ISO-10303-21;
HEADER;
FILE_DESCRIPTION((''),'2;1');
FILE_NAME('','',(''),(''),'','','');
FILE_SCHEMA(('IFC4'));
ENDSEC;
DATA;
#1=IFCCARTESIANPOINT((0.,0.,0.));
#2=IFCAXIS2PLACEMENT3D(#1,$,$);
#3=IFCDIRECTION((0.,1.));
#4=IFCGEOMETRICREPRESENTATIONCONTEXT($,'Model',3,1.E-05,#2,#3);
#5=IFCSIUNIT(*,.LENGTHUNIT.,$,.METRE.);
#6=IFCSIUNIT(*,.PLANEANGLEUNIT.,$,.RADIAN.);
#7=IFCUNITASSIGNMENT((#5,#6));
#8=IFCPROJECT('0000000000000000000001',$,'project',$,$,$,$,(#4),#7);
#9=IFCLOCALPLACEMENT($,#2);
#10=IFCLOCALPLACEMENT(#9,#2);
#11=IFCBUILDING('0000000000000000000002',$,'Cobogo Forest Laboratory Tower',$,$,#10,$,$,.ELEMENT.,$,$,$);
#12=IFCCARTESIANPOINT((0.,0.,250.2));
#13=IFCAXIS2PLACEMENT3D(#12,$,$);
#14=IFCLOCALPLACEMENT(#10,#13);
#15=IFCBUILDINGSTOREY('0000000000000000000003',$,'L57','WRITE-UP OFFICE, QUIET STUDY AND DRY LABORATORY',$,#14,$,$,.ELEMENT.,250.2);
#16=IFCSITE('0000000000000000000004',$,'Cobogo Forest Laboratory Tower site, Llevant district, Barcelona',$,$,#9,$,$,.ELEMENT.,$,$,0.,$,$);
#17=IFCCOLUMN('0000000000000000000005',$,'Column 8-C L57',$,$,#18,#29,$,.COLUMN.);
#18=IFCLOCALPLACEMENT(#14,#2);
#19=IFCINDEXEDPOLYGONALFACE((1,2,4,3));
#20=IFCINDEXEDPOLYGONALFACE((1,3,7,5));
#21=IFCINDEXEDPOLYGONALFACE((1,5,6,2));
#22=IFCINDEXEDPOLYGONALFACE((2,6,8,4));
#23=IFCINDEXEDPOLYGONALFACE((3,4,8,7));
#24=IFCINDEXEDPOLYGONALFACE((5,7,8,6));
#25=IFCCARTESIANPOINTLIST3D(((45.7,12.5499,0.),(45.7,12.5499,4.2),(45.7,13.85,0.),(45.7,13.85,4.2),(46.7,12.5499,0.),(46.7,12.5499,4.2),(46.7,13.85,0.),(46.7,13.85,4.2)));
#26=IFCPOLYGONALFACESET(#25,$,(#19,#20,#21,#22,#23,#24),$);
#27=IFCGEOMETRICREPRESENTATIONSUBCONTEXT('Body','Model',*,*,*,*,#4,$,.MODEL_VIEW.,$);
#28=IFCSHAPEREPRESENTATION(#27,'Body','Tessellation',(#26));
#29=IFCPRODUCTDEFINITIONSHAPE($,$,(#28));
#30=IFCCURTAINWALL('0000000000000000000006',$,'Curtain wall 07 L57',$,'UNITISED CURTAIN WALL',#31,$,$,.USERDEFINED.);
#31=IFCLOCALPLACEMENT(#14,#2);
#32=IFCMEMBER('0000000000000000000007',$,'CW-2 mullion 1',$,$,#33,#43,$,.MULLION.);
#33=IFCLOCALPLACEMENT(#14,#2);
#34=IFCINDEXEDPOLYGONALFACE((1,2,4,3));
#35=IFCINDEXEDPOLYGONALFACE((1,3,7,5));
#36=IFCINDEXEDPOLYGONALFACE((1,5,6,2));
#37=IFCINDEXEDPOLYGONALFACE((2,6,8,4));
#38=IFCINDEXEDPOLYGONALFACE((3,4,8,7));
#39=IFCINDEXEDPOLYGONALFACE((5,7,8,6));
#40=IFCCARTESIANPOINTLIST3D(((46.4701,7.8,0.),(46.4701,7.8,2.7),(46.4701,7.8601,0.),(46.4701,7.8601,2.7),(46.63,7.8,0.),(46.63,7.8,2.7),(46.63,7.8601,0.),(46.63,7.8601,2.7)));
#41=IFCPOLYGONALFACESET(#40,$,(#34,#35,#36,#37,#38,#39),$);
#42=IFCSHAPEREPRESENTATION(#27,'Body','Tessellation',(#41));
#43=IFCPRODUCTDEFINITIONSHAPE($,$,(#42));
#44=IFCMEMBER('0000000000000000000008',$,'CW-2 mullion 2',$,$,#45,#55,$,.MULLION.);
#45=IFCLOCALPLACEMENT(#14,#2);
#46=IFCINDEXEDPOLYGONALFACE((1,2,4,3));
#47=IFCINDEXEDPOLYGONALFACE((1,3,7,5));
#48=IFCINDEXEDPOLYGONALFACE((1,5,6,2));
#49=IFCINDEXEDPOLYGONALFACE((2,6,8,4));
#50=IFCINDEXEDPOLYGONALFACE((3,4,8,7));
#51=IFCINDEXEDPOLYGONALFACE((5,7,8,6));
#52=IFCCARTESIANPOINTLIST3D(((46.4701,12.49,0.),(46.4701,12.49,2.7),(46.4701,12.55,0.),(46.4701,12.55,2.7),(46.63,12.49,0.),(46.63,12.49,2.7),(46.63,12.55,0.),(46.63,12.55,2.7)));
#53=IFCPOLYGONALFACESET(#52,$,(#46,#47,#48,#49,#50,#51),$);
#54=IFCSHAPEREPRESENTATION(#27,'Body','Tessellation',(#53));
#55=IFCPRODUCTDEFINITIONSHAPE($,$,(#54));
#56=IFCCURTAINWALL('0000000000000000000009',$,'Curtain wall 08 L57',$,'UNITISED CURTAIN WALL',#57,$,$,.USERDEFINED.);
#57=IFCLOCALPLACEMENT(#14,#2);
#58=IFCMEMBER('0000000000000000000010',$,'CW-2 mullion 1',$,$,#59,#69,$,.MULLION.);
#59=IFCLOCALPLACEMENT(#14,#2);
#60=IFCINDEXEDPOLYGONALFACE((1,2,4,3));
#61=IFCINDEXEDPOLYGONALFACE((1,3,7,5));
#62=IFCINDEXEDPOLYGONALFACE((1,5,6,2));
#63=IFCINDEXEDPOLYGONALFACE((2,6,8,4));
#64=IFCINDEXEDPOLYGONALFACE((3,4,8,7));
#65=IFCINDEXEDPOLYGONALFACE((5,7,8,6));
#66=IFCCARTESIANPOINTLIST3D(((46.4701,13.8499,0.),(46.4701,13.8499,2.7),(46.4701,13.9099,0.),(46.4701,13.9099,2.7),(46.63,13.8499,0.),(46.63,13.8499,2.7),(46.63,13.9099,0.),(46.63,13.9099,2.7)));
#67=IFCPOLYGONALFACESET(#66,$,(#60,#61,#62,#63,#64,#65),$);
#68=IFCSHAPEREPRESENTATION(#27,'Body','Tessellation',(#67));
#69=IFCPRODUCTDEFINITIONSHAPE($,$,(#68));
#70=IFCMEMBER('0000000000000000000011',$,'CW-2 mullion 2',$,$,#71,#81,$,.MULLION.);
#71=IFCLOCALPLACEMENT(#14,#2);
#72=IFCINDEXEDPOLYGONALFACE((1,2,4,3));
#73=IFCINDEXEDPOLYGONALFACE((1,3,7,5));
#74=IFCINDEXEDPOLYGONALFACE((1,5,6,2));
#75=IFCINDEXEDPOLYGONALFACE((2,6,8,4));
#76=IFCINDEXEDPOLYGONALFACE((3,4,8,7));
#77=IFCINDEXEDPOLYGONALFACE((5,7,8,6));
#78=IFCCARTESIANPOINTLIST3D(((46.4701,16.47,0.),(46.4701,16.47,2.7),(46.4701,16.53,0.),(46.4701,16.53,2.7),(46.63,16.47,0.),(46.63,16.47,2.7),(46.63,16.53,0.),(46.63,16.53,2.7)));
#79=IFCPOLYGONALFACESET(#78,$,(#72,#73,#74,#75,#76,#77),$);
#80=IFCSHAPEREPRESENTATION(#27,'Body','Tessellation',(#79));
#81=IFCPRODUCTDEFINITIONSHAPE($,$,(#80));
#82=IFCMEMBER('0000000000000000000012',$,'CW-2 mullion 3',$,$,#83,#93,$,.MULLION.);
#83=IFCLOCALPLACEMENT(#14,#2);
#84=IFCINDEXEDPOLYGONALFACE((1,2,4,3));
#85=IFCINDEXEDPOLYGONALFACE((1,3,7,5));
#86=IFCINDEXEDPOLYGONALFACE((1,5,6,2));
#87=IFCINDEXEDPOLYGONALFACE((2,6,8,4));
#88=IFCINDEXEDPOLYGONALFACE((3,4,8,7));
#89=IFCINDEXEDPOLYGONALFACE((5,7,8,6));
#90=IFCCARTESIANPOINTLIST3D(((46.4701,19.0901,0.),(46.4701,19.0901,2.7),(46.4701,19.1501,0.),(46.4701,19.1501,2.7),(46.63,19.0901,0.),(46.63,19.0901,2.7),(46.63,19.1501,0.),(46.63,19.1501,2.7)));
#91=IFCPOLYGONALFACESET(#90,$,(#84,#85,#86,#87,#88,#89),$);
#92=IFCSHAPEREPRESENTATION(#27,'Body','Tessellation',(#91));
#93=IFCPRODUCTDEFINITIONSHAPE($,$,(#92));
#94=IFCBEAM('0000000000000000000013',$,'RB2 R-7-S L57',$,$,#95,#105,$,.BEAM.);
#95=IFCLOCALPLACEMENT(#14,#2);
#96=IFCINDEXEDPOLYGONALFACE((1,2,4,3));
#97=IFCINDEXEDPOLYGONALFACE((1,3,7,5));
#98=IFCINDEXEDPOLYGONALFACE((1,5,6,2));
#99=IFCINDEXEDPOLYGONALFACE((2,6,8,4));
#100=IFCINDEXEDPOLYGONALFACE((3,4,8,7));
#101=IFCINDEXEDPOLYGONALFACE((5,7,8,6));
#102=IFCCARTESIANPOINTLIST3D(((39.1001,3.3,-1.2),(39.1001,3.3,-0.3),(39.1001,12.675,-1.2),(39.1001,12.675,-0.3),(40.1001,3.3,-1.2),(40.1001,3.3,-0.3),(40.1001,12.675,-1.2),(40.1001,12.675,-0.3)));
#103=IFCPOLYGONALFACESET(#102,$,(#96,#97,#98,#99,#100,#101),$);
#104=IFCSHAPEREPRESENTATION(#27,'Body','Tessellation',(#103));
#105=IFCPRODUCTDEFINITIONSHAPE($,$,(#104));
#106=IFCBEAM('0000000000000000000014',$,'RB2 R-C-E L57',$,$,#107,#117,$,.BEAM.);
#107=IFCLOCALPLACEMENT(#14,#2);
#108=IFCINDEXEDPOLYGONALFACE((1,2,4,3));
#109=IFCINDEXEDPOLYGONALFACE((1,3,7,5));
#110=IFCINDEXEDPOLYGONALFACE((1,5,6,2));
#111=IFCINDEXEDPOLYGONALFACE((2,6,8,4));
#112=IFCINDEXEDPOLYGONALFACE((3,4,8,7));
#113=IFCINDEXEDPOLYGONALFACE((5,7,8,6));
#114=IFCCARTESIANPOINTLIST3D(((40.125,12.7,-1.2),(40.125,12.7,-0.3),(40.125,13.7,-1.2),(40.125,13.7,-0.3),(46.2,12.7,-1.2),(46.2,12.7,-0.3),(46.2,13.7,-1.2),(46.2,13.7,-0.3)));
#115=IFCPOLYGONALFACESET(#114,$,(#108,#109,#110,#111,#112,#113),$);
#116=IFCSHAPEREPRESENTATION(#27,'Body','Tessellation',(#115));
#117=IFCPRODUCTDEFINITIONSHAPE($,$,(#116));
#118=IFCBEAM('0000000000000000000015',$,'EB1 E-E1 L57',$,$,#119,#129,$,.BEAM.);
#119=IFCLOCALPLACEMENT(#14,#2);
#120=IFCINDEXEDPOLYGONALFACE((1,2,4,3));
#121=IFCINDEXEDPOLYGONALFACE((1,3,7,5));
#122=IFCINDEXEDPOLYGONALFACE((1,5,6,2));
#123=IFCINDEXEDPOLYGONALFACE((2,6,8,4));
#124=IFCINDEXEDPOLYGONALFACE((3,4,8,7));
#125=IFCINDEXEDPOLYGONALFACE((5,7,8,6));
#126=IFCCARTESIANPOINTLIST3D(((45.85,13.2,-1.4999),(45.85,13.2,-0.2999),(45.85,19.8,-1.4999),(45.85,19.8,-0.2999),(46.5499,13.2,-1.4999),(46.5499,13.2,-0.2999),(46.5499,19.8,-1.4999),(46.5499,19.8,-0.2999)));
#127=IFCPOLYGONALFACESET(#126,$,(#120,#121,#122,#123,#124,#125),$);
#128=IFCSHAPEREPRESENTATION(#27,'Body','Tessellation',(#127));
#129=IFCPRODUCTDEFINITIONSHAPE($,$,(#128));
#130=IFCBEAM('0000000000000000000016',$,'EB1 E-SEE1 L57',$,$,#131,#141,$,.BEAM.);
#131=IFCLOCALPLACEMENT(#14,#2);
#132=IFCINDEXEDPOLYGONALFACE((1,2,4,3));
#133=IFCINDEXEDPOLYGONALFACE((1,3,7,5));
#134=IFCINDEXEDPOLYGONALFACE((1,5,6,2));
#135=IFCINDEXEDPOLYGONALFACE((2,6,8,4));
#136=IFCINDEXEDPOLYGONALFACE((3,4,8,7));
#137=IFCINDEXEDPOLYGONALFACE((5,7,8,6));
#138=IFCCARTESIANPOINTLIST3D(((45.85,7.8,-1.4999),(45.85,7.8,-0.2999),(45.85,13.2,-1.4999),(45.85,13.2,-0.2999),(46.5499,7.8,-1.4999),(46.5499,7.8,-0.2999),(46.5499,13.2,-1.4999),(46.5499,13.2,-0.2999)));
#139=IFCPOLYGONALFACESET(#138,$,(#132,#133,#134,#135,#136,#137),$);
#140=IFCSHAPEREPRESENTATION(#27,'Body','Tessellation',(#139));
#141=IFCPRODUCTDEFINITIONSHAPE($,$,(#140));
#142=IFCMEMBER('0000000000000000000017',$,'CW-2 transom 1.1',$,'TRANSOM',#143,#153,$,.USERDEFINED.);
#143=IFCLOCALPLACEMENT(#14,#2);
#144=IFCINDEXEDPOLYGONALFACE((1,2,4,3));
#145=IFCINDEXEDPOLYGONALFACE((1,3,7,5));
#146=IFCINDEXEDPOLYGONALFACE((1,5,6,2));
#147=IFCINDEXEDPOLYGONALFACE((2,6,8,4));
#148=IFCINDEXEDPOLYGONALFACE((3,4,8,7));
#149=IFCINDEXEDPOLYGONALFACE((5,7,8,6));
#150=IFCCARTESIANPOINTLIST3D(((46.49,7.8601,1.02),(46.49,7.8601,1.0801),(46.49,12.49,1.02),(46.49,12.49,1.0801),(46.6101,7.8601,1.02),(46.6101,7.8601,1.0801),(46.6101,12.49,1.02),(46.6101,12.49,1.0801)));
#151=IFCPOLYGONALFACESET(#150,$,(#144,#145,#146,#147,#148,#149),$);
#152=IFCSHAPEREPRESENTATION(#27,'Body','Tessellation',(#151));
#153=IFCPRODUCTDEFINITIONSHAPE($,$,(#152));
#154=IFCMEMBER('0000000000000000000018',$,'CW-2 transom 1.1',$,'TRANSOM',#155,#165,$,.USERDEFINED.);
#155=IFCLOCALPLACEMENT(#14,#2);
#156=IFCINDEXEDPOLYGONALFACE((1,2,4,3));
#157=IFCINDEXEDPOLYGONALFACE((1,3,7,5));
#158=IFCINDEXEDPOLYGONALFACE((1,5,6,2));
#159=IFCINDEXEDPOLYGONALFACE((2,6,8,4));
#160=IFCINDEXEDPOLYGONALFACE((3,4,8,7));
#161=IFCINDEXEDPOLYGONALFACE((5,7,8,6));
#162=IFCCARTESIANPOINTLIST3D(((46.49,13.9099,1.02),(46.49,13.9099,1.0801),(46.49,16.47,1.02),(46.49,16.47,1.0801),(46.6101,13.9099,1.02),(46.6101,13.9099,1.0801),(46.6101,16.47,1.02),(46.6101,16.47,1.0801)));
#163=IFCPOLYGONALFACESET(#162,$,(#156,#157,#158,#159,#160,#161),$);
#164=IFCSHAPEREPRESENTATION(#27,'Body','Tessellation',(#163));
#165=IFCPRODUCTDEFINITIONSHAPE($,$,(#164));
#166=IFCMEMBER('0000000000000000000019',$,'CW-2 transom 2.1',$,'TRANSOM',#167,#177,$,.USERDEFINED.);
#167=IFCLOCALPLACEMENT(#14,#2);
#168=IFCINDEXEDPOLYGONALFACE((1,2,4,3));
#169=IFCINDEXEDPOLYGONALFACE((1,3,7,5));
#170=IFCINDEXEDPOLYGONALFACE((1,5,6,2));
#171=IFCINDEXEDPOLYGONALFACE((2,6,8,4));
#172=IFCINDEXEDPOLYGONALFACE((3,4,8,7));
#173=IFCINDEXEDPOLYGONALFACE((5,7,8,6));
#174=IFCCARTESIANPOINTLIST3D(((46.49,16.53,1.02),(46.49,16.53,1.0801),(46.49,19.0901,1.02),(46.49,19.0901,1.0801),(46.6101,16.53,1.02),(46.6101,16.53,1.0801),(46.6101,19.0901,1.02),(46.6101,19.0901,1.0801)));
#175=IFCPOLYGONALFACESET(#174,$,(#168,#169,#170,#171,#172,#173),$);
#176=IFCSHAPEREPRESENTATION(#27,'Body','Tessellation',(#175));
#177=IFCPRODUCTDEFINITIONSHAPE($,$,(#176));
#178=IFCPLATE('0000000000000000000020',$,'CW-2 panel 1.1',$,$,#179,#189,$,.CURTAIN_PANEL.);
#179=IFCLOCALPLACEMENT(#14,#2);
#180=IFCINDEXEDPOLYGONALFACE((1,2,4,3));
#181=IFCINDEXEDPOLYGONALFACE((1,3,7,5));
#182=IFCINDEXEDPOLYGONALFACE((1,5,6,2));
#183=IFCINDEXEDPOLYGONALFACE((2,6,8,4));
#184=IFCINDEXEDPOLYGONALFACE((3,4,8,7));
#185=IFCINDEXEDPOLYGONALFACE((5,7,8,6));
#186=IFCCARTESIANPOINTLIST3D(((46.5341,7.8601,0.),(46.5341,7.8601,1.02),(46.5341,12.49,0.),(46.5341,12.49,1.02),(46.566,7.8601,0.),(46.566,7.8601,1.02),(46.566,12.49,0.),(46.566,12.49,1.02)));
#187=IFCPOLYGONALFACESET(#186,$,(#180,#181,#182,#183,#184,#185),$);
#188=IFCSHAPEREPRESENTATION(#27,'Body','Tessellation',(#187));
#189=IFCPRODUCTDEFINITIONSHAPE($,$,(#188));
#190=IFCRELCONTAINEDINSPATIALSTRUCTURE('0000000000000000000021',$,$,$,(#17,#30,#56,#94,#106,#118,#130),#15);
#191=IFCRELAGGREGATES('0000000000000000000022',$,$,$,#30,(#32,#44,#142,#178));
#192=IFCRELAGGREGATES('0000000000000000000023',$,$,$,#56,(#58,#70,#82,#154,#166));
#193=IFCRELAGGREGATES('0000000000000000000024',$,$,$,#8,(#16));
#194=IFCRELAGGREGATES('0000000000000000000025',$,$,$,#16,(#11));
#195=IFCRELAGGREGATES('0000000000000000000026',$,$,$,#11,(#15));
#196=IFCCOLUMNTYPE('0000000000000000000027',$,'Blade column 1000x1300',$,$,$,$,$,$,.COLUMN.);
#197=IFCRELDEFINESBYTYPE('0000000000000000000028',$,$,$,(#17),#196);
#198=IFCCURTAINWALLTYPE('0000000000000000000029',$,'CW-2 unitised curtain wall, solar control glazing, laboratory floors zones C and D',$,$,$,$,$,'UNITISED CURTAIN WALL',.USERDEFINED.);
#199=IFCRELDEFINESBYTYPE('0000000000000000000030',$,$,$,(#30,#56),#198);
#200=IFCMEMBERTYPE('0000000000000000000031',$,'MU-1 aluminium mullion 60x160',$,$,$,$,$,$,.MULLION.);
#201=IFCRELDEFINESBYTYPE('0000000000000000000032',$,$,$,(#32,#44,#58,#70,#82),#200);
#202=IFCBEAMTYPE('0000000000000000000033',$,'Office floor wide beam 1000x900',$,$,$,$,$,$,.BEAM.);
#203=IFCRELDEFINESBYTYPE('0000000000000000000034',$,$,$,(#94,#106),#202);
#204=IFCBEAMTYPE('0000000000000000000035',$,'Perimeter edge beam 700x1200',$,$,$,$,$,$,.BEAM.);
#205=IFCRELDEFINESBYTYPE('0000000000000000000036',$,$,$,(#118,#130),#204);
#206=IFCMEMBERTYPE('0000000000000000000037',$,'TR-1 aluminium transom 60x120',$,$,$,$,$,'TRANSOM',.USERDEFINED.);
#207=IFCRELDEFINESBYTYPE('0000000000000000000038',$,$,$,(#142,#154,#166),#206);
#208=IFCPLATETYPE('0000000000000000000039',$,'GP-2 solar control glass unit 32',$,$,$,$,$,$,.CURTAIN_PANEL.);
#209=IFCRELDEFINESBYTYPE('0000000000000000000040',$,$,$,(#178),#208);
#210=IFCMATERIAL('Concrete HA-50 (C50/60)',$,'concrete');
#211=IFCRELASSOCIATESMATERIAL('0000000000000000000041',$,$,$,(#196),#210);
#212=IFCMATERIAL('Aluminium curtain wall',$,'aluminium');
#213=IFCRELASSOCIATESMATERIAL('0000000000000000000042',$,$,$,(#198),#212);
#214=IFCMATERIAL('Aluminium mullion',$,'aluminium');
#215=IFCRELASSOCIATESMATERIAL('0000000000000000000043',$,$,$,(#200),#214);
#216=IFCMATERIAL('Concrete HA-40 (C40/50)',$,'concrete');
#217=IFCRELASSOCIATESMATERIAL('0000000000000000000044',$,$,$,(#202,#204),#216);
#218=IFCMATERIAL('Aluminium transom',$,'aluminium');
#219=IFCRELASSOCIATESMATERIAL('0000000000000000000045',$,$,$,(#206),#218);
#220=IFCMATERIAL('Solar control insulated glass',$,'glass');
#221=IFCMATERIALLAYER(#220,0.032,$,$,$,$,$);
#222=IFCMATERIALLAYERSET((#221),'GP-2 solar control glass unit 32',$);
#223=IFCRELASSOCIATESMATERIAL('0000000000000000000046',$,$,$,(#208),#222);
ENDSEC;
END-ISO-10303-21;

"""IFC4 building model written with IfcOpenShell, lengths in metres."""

from ifc_helpers import new_model, si_unit, direction, frame, origin, origin_2d, place, context, subcontext, project, spatial, rectangle, extrude, material, layer, layer_set, material_profile, profile_set, type_object, element, aggregate, save


model = new_model("IFC4")

# Units and contexts
model_context = context("Model", 3, precision=1e-05, world=origin(), true_north=direction((0.0, 1.0)))
body_context = subcontext(model_context, "Body", "Model", "MODEL_VIEW")
ifc_project = project(units=[si_unit("LENGTHUNIT", "METRE"), si_unit("PLANEANGLEUNIT", "RADIAN")], contexts=[model_context])

# Site, building, storey
site_placement = place(None, origin())
site = spatial("IfcSite", under=ifc_project, at=site_placement, Name="Cobogo Forest Laboratory Tower site, Llevant district, Barcelona", CompositionType="ELEMENT", RefElevation=0.0)
building_placement = place(site_placement, origin())
building = spatial("IfcBuilding", under=site, at=building_placement, Name="Cobogo Forest Laboratory Tower", CompositionType="ELEMENT")
storey_placement = place(building_placement, frame((0.0, 0.0, 250.2)))
storey = spatial("IfcBuildingStorey", under=building, at=storey_placement, Name="L57", Description="WRITE-UP OFFICE, QUIET STUDY AND DRY LABORATORY", CompositionType="ELEMENT", Elevation=250.2)

# Column
ifc_material_1 = material(Name="Concrete HA-50 (C50/60)", Category="concrete")
ifc_material_profile_1 = material_profile(ifc_material_1, rectangle(XDim=1.3, YDim=1.0, at=origin_2d()), Name="RC 1000x1300")
ifc_profile_set_1 = profile_set([ifc_material_profile_1], Name="Concrete HA-50 (C50/60)")
column_type = type_object("IfcColumnType", Name="Blade column 1000x1300", PredefinedType="COLUMN", material=ifc_profile_set_1)
column_placement = place(storey_placement, frame((46.2, 13.2, 0.0), z_axis=(0.0, 0.0, 1.0), x_axis=(0.0, 1.0, 0.0)))
element("IfcColumn", 1, at=column_placement, inside=storey, type_object=column_type, Name="Column 8-C L57", PredefinedType="COLUMN", context=body_context, shape_type="SweptSolid", body=[
    extrude(rectangle(XDim=1.3, YDim=1.0, at=origin_2d()), origin(), (0.0, 0.0, 1.0), 4.2),
])

# Curtain walls, members
ifc_material_2 = material(Name="Aluminium curtain wall", Category="aluminium")
curtain_wall_type = type_object("IfcCurtainWallType", Name="CW-2 unitised curtain wall, solar control glazing, laboratory floors zones C and D", ElementType="UNITISED CURTAIN WALL", PredefinedType="USERDEFINED", material=ifc_material_2)
curtain_wall_1_placement = place(storey_placement, origin())
curtain_wall_1 = element("IfcCurtainWall", 2, at=curtain_wall_1_placement, inside=storey, type_object=curtain_wall_type, Name="Curtain wall 07 L57", ObjectType="UNITISED CURTAIN WALL", PredefinedType="USERDEFINED")
ifc_material_3 = material(Name="Aluminium mullion", Category="aluminium")
ifc_material_profile_2 = material_profile(ifc_material_3, rectangle(XDim=0.0601, YDim=0.1599, at=origin_2d()), Name="AL 60x160")
ifc_profile_set_2 = profile_set([ifc_material_profile_2], Name="Aluminium mullion")
member_type_1 = type_object("IfcMemberType", Name="MU-1 aluminium mullion 60x160", PredefinedType="MULLION", material=ifc_profile_set_2)
member_1_placement = place(storey_placement, frame((46.55, 7.8301, 0.0), z_axis=(0.0, 0.0, 1.0), x_axis=(0.0, 1.0, 0.0)))
member_1 = element("IfcMember", 3, at=member_1_placement, type_object=member_type_1, Name="CW-2 mullion 1", PredefinedType="MULLION", context=body_context, shape_type="SweptSolid", body=[
    extrude(rectangle(XDim=0.0601, YDim=0.1599, at=origin_2d()), origin(), (0.0, 0.0, 1.0), 2.7),
])
member_2_placement = place(storey_placement, frame((46.55, 12.52, 0.0), z_axis=(0.0, 0.0, 1.0), x_axis=(0.0, 1.0, 0.0)))
member_2 = element("IfcMember", 4, at=member_2_placement, type_object=member_type_1, Name="CW-2 mullion 2", PredefinedType="MULLION", context=body_context, shape_type="SweptSolid", body=[
    extrude(rectangle(XDim=0.0601, YDim=0.1599, at=origin_2d()), origin(), (0.0, 0.0, 1.0), 2.7),
])
curtain_wall_2_placement = place(storey_placement, origin())
curtain_wall_2 = element("IfcCurtainWall", 5, at=curtain_wall_2_placement, inside=storey, type_object=curtain_wall_type, Name="Curtain wall 08 L57", ObjectType="UNITISED CURTAIN WALL", PredefinedType="USERDEFINED")
member_3_placement = place(storey_placement, frame((46.55, 13.8799, 0.0), z_axis=(0.0, 0.0, 1.0), x_axis=(0.0, 1.0, 0.0)))
member_3 = element("IfcMember", 6, at=member_3_placement, type_object=member_type_1, Name="CW-2 mullion 1", PredefinedType="MULLION", context=body_context, shape_type="SweptSolid", body=[
    extrude(rectangle(XDim=0.0601, YDim=0.1599, at=origin_2d()), origin(), (0.0, 0.0, 1.0), 2.7),
])
member_4_placement = place(storey_placement, frame((46.55, 16.5, 0.0), z_axis=(0.0, 0.0, 1.0), x_axis=(0.0, 1.0, 0.0)))
member_4 = element("IfcMember", 7, at=member_4_placement, type_object=member_type_1, Name="CW-2 mullion 2", PredefinedType="MULLION", context=body_context, shape_type="SweptSolid", body=[
    extrude(rectangle(XDim=0.0601, YDim=0.1599, at=origin_2d()), origin(), (0.0, 0.0, 1.0), 2.7),
])
member_5_placement = place(storey_placement, frame((46.55, 19.1201, 0.0), z_axis=(0.0, 0.0, 1.0), x_axis=(0.0, 1.0, 0.0)))
member_5 = element("IfcMember", 8, at=member_5_placement, type_object=member_type_1, Name="CW-2 mullion 3", PredefinedType="MULLION", context=body_context, shape_type="SweptSolid", body=[
    extrude(rectangle(XDim=0.0601, YDim=0.1599, at=origin_2d()), origin(), (0.0, 0.0, 1.0), 2.7),
])

# Beams
ifc_material_4 = material(Name="Concrete HA-40 (C40/50)", Category="concrete")
ifc_material_profile_3 = material_profile(ifc_material_4, rectangle(XDim=1.0, YDim=0.8999, at=origin_2d()), Name="RC 1000x900")
ifc_profile_set_3 = profile_set([ifc_material_profile_3], Name="Concrete HA-40 (C40/50)")
beam_type_1 = type_object("IfcBeamType", Name="Office floor wide beam 1000x900", PredefinedType="BEAM", material=ifc_profile_set_3)
beam_1_placement = place(storey_placement, frame((39.6001, 12.675, -0.75), z_axis=(0.0, -1.0, 0.0), x_axis=(1.0, 0.0, 0.0)))
element("IfcBeam", 9, at=beam_1_placement, inside=storey, type_object=beam_type_1, Name="RB2 R-7-S L57", PredefinedType="BEAM", context=body_context, shape_type="SweptSolid", body=[
    extrude(rectangle(XDim=1.0, YDim=0.8999, at=origin_2d()), origin(), (0.0, 0.0, 1.0), 9.375),
])
beam_2_placement = place(storey_placement, frame((40.125, 13.2, -0.75), z_axis=(1.0, 0.0, 0.0), x_axis=(0.0, 1.0, 0.0)))
element("IfcBeam", 10, at=beam_2_placement, inside=storey, type_object=beam_type_1, Name="RB2 R-C-E L57", PredefinedType="BEAM", context=body_context, shape_type="SweptSolid", body=[
    extrude(rectangle(XDim=1.0, YDim=0.8999, at=origin_2d()), origin(), (0.0, 0.0, 1.0), 6.075),
])
ifc_material_profile_4 = material_profile(ifc_material_4, rectangle(XDim=0.7, YDim=1.2, at=origin_2d()), Name="RC 700x1200")
ifc_profile_set_4 = profile_set([ifc_material_profile_4], Name="Concrete HA-40 (C40/50)")
beam_type_2 = type_object("IfcBeamType", Name="Perimeter edge beam 700x1200", PredefinedType="BEAM", material=ifc_profile_set_4)
beam_3_placement = place(storey_placement, frame((46.2, 13.2, -0.8999), z_axis=(0.0, 1.0, 0.0), x_axis=(-1.0, 0.0, 0.0)))
element("IfcBeam", 11, at=beam_3_placement, inside=storey, type_object=beam_type_2, Name="EB1 E-E1 L57", PredefinedType="BEAM", context=body_context, shape_type="SweptSolid", body=[
    extrude(rectangle(XDim=0.7, YDim=1.2, at=origin_2d()), origin(), (0.0, 0.0, 1.0), 6.6001),
])
beam_4_placement = place(storey_placement, frame((46.2, 13.2, -0.8999), z_axis=(0.0, -1.0, 0.0), x_axis=(1.0, 0.0, 0.0)))
element("IfcBeam", 12, at=beam_4_placement, inside=storey, type_object=beam_type_2, Name="EB1 E-SEE1 L57", PredefinedType="BEAM", context=body_context, shape_type="SweptSolid", body=[
    extrude(rectangle(XDim=0.7, YDim=1.2, at=origin_2d()), origin(), (0.0, 0.0, 1.0), 5.3999),
])

# Members
ifc_material_5 = material(Name="Aluminium transom", Category="aluminium")
ifc_material_profile_5 = material_profile(ifc_material_5, rectangle(XDim=0.1201, YDim=0.0601, at=origin_2d()), Name="AL 60x120")
ifc_profile_set_5 = profile_set([ifc_material_profile_5], Name="Aluminium transom")
member_type_2 = type_object("IfcMemberType", Name="TR-1 aluminium transom 60x120", ElementType="TRANSOM", PredefinedType="USERDEFINED", material=ifc_profile_set_5)
member_6_placement = place(storey_placement, frame((46.55, 7.8601, 1.05), z_axis=(0.0, 1.0, 0.0), x_axis=(-1.0, 0.0, 0.0)))
member_6 = element("IfcMember", 13, at=member_6_placement, type_object=member_type_2, Name="CW-2 transom 1.1", ObjectType="TRANSOM", PredefinedType="USERDEFINED", context=body_context, shape_type="SweptSolid", body=[
    extrude(rectangle(XDim=0.1201, YDim=0.0601, at=origin_2d()), origin(), (0.0, 0.0, 1.0), 4.6299),
])
member_7_placement = place(storey_placement, frame((46.55, 13.9099, 1.05), z_axis=(0.0, 1.0, 0.0), x_axis=(-1.0, 0.0, 0.0)))
member_7 = element("IfcMember", 14, at=member_7_placement, type_object=member_type_2, Name="CW-2 transom 1.1", ObjectType="TRANSOM", PredefinedType="USERDEFINED", context=body_context, shape_type="SweptSolid", body=[
    extrude(rectangle(XDim=0.1201, YDim=0.0601, at=origin_2d()), origin(), (0.0, 0.0, 1.0), 2.5601),
])
member_8_placement = place(storey_placement, frame((46.55, 16.53, 1.05), z_axis=(0.0, 1.0, 0.0), x_axis=(-1.0, 0.0, 0.0)))
member_8 = element("IfcMember", 15, at=member_8_placement, type_object=member_type_2, Name="CW-2 transom 2.1", ObjectType="TRANSOM", PredefinedType="USERDEFINED", context=body_context, shape_type="SweptSolid", body=[
    extrude(rectangle(XDim=0.1201, YDim=0.0601, at=origin_2d()), origin(), (0.0, 0.0, 1.0), 2.5601),
])

# Plate
ifc_material_6 = material(Name="Solar control insulated glass", Category="glass")
ifc_layer_1 = layer(ifc_material_6, 0.032)
ifc_layer_set_1 = layer_set([ifc_layer_1], Name="GP-2 solar control glass unit 32")
plate_type_1 = type_object("IfcPlateType", Name="GP-2 solar control glass unit 32", PredefinedType="CURTAIN_PANEL", material=ifc_layer_set_1)
plate_1_placement = place(storey_placement, frame((46.55, 10.175, 0.0), z_axis=(0.0, 0.0, 1.0), x_axis=(0.0, 1.0, 0.0)))
plate_1 = element("IfcPlate", 16, at=plate_1_placement, type_object=plate_type_1, Name="CW-2 panel 1.1", PredefinedType="CURTAIN_PANEL", context=body_context, shape_type="SweptSolid", body=[
    extrude(rectangle(XDim=4.6299, YDim=0.032, at=origin_2d()), origin(), (0.0, 0.0, 1.0), 1.02),
])
aggregate(curtain_wall_1, [member_1, member_2, member_6, plate_1])
aggregate(curtain_wall_2, [member_3, member_4, member_5, member_7, member_8])

save(model, "model.ifc")
